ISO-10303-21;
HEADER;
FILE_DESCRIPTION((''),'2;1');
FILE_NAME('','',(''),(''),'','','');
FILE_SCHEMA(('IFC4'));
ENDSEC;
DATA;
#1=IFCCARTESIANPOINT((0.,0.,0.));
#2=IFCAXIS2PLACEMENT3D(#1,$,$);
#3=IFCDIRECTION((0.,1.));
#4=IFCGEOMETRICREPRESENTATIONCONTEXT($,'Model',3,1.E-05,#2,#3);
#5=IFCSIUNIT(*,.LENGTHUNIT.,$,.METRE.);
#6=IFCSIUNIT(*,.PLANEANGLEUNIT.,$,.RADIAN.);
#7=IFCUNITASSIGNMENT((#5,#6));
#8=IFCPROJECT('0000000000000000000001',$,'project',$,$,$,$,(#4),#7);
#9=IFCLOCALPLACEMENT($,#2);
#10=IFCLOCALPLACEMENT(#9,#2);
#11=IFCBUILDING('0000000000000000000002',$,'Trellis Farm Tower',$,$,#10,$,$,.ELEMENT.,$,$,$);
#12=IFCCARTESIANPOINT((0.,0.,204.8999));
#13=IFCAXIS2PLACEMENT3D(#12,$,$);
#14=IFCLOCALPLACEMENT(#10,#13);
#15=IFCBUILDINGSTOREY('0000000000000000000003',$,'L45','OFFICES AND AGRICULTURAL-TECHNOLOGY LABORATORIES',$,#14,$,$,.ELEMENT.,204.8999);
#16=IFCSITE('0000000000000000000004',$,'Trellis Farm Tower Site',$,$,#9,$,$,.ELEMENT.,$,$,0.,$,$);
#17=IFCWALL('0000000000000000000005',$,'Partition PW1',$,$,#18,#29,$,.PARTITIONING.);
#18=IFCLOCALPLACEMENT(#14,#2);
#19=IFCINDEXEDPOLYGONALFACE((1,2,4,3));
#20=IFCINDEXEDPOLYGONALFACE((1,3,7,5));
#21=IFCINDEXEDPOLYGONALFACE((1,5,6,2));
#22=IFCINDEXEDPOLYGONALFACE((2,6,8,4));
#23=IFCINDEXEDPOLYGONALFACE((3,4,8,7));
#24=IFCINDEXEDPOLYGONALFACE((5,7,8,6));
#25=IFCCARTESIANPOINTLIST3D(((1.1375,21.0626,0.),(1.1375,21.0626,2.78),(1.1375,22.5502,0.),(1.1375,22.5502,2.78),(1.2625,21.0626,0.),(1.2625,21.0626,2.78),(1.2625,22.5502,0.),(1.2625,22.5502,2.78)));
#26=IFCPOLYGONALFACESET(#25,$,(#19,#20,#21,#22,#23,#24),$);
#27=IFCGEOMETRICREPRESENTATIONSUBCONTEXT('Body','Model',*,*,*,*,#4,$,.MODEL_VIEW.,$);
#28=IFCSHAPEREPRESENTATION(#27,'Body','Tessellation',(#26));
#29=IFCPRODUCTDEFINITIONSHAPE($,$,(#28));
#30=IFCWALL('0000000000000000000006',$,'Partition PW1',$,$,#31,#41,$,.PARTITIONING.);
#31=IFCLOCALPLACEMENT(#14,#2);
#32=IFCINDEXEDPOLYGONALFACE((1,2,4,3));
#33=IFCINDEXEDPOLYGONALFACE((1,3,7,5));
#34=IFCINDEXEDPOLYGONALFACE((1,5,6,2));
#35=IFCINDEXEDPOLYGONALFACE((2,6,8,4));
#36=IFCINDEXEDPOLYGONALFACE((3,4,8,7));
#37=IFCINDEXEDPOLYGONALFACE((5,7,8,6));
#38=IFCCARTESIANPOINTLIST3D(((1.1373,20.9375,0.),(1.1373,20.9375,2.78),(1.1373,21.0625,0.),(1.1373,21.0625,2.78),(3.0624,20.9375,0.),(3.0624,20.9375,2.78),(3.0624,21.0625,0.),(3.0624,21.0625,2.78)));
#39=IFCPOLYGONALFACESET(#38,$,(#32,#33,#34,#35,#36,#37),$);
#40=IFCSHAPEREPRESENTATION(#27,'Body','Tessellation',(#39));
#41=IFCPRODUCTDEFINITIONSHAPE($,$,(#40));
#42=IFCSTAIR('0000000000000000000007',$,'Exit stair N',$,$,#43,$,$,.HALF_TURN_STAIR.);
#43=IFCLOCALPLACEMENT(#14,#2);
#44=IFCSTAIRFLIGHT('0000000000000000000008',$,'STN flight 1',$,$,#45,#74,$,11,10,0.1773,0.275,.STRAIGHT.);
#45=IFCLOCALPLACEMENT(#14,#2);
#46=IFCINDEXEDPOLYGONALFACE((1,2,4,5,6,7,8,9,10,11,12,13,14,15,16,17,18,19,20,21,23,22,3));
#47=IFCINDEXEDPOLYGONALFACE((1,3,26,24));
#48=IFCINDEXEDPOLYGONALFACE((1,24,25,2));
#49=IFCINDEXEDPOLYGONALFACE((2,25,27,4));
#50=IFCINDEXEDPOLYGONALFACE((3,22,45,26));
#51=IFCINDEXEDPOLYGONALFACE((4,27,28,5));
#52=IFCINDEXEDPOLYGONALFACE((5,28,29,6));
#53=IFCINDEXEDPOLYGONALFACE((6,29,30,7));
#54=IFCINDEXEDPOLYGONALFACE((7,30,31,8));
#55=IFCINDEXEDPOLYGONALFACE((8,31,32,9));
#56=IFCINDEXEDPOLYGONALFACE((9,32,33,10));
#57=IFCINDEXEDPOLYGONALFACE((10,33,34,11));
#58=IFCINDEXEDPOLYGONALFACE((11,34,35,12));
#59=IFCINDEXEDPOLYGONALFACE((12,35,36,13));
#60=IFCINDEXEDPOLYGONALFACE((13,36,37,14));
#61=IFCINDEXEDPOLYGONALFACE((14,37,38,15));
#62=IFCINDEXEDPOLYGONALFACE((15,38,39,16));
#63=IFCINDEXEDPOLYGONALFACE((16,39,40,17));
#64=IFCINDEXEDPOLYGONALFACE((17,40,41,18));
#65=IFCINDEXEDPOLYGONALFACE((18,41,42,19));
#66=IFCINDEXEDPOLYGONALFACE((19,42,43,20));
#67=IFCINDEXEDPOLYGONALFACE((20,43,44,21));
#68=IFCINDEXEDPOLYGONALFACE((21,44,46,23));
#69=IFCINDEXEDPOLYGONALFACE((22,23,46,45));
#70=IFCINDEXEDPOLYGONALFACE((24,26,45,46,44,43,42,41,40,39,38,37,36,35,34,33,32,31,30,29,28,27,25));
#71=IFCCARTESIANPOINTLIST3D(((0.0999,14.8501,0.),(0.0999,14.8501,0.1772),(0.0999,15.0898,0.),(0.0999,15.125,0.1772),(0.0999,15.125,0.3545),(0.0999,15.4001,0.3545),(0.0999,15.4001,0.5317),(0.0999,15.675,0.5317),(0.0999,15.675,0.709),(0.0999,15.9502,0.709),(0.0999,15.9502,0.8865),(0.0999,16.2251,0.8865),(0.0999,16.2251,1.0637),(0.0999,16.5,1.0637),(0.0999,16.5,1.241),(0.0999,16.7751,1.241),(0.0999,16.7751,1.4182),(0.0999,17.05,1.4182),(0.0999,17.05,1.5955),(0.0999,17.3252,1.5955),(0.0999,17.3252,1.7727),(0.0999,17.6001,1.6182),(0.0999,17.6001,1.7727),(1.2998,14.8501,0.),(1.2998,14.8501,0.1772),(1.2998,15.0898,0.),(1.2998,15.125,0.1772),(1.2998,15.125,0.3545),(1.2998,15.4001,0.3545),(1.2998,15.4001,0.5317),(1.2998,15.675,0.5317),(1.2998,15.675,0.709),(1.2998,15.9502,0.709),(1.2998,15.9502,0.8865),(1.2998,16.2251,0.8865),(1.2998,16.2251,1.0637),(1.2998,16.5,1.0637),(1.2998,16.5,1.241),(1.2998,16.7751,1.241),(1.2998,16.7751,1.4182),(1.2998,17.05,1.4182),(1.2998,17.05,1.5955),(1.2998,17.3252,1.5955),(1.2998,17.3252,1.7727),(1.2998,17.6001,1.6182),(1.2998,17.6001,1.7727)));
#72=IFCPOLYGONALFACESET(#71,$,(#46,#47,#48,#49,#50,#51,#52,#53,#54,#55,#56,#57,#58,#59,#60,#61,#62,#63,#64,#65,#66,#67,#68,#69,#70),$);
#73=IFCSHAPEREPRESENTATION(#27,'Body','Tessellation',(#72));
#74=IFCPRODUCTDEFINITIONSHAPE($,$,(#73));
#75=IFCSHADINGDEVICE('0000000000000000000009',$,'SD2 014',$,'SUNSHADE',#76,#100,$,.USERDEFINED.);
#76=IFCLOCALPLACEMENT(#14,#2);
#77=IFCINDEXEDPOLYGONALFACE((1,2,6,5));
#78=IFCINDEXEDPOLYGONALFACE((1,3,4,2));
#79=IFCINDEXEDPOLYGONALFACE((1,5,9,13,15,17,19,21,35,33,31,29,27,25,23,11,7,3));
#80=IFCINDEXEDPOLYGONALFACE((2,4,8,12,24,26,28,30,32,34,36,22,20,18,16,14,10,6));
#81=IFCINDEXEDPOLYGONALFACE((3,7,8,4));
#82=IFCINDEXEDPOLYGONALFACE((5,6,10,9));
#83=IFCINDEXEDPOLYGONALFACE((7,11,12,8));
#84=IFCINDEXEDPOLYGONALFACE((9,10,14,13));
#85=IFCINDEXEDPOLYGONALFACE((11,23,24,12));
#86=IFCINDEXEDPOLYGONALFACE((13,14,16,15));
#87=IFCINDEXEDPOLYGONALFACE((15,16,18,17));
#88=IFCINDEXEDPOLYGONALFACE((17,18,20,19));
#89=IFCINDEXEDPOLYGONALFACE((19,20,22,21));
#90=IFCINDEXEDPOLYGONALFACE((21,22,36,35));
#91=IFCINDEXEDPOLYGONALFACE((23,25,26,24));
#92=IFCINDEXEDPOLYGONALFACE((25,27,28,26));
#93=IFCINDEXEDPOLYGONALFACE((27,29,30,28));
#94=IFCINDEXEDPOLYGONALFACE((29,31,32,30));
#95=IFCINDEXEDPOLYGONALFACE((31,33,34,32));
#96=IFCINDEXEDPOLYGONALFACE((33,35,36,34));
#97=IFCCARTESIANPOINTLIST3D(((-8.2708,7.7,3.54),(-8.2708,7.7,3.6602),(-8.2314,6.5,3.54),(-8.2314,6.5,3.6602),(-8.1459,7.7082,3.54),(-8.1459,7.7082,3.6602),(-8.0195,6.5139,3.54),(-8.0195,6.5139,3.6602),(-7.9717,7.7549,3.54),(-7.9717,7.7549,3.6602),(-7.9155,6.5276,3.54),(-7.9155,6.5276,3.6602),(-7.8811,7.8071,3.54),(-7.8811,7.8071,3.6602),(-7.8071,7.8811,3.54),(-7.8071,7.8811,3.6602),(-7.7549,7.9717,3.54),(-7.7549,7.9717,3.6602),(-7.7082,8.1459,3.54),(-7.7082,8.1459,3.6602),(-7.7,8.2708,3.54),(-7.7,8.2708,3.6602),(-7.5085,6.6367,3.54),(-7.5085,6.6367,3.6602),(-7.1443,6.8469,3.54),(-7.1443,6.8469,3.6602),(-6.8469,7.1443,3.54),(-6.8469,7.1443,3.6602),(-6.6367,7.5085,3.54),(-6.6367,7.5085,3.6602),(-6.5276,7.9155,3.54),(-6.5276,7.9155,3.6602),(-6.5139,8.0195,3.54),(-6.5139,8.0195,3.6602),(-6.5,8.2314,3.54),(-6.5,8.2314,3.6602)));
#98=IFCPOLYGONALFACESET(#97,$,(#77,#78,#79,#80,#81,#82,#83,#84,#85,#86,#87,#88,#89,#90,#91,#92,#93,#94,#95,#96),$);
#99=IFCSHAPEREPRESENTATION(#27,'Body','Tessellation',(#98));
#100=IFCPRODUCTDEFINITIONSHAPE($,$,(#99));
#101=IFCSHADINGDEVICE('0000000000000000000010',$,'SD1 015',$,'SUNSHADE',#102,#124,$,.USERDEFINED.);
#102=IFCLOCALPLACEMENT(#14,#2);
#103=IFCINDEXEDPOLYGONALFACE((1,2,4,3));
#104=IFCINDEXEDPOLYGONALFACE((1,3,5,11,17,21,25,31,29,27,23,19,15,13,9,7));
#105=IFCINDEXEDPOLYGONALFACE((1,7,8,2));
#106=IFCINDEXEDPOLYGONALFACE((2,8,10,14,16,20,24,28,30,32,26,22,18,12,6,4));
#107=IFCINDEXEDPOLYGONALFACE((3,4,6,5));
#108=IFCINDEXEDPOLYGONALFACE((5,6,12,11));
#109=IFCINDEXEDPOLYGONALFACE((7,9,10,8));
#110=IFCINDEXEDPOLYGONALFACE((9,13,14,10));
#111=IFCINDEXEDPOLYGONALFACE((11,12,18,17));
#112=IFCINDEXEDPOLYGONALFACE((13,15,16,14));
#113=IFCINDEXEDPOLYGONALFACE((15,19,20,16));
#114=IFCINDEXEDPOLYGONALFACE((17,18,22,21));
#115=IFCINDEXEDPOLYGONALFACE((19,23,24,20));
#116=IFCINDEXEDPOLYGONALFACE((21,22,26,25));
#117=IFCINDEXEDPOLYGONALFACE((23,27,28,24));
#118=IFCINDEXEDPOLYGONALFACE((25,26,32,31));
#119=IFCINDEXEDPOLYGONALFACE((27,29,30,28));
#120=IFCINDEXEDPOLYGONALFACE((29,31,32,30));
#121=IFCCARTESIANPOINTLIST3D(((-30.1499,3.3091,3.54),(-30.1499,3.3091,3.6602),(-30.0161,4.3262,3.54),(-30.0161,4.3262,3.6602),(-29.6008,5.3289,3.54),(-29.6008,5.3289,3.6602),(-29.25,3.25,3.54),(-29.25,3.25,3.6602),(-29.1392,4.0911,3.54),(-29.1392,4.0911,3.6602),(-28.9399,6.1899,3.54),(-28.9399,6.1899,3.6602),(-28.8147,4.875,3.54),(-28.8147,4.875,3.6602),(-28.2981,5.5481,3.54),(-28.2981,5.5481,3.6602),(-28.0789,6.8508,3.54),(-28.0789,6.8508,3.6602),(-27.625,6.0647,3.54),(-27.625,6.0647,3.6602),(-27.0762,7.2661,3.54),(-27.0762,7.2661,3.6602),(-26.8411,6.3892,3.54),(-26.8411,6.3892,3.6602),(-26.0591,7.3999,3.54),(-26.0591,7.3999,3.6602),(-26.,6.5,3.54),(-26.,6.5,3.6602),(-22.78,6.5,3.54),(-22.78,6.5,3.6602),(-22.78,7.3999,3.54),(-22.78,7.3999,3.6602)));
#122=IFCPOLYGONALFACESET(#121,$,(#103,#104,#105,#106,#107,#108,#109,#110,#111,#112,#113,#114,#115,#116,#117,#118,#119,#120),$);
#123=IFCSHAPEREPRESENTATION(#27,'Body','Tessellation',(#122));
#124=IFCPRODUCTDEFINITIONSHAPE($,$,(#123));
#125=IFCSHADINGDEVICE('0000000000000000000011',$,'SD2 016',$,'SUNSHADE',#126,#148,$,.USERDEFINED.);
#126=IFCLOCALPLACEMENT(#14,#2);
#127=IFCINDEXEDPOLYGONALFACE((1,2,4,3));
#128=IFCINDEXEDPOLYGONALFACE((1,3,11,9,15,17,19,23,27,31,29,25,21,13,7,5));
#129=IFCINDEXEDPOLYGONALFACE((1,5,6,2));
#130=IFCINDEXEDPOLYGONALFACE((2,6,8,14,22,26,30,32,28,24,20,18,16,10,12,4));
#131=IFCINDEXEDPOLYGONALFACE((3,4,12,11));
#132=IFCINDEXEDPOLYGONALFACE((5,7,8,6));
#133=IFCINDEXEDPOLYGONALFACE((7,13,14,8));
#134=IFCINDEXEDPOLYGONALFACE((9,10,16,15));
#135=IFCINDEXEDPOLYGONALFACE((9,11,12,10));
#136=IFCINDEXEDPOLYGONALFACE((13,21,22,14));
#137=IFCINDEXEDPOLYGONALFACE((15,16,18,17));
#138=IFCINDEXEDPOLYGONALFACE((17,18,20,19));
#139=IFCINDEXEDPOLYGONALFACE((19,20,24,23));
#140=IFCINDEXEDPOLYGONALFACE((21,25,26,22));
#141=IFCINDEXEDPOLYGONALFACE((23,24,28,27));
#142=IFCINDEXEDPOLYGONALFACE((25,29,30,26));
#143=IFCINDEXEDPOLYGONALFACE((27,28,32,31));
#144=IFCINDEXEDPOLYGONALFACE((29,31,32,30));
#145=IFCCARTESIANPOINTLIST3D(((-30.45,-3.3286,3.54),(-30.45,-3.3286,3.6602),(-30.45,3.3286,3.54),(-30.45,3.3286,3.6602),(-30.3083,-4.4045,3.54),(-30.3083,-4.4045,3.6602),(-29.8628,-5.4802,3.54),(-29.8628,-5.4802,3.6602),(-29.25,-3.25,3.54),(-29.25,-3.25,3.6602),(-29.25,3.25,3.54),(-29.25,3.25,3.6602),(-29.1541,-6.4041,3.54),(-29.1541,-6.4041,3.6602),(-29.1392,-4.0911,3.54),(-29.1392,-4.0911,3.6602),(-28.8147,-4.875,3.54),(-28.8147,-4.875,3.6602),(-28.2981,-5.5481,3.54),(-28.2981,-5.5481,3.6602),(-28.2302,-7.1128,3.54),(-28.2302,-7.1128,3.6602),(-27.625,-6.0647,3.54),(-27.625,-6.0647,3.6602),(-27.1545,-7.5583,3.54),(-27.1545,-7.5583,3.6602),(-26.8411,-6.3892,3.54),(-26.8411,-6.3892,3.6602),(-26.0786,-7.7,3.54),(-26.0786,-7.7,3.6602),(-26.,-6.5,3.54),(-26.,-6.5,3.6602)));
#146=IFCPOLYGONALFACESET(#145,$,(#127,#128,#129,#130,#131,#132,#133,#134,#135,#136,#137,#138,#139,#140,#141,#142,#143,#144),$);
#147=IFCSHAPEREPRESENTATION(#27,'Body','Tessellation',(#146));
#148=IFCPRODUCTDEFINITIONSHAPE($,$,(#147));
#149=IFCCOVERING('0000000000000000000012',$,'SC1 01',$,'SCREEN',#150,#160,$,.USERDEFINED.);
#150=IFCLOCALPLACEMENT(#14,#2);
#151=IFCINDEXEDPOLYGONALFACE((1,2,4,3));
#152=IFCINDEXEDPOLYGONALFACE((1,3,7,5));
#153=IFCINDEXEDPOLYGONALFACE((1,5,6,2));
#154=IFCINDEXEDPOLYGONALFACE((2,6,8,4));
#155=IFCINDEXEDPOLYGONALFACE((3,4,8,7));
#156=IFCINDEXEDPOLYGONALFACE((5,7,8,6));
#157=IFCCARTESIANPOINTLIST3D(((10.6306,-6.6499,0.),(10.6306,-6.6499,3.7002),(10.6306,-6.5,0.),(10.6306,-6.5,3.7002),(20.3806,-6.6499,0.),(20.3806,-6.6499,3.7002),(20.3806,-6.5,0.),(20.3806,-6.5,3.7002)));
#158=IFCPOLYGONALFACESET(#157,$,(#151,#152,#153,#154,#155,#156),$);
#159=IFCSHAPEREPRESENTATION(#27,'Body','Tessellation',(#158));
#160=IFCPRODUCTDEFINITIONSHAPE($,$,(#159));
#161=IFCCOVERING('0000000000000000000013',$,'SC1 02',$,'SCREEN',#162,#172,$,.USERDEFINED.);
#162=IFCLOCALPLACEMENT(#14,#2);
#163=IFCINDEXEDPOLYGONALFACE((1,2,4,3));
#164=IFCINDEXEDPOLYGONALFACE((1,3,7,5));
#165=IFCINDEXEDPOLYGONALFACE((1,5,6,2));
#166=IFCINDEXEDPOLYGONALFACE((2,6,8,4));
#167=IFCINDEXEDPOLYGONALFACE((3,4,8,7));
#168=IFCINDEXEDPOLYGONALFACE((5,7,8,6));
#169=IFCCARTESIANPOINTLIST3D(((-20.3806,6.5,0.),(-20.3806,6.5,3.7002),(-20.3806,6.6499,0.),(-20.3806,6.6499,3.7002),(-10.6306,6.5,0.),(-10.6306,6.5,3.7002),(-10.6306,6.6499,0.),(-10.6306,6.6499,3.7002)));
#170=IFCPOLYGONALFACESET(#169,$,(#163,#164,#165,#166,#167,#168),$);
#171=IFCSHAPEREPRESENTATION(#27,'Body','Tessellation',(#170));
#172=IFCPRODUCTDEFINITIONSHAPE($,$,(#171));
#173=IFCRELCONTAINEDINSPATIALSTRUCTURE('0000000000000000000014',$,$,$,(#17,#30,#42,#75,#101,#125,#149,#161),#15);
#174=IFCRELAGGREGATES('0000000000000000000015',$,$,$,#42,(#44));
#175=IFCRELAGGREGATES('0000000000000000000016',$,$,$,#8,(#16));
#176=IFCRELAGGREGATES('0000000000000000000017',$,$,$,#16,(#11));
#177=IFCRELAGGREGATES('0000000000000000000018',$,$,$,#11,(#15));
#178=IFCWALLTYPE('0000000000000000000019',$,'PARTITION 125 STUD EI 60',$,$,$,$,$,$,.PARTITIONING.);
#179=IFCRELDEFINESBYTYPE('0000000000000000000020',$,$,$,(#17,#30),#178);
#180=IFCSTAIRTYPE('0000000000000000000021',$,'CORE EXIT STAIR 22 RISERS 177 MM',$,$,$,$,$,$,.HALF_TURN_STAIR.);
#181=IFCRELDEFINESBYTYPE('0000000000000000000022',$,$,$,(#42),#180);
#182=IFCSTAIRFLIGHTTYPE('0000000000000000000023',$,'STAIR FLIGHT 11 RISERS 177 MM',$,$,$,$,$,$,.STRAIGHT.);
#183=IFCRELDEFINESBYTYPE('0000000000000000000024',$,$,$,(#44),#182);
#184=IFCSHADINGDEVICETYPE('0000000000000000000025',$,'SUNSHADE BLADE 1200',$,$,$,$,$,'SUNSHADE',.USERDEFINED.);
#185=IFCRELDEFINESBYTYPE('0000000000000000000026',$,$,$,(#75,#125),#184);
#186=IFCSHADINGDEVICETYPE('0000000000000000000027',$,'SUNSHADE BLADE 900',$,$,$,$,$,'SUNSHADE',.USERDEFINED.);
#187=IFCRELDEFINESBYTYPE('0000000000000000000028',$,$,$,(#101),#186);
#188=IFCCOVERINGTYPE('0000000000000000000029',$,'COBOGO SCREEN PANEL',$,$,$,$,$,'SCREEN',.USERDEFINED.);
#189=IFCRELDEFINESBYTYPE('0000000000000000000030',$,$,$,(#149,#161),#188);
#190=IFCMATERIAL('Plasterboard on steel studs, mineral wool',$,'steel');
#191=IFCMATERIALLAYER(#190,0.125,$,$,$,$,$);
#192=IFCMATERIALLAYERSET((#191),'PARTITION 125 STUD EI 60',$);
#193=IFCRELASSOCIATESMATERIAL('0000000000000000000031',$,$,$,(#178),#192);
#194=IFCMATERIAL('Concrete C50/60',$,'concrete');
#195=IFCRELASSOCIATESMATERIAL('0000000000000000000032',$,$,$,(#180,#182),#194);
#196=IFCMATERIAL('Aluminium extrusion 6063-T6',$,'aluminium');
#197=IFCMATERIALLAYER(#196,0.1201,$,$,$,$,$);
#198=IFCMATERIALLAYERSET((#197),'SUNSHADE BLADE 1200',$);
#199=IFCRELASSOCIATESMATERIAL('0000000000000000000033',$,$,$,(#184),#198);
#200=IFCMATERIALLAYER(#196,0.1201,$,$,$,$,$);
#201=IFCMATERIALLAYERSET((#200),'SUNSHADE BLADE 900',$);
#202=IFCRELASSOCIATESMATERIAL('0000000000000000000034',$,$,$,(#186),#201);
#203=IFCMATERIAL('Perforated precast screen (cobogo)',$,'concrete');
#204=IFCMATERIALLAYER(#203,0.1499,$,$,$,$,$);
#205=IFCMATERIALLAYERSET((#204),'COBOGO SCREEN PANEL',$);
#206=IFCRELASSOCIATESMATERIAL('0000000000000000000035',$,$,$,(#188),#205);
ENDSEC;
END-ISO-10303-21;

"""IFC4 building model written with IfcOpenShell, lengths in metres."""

from ifc_helpers import new_model, si_unit, direction, frame, frame_2d, origin, place, context, subcontext, project, spatial, polyline, rectangle, outline, extrude, source, transform, mapped, material, layer, layer_set, type_object, element, aggregate, save


model = new_model("IFC4")

# Units and contexts
model_context = context("Model", 3, precision=1e-05, world=origin(), true_north=direction((0.0, 1.0)))
body_context = subcontext(model_context, "Body", "Model", "MODEL_VIEW")
ifc_project = project(units=[si_unit("LENGTHUNIT", "METRE"), si_unit("PLANEANGLEUNIT", "RADIAN")], contexts=[model_context])

# Site, building, storey
site_placement = place(None, origin())
site = spatial("IfcSite", under=ifc_project, at=site_placement, Name="Trellis Farm Tower Site", CompositionType="ELEMENT", RefElevation=0.0)
building_placement = place(site_placement, origin())
building = spatial("IfcBuilding", under=site, at=building_placement, Name="Trellis Farm Tower", CompositionType="ELEMENT")
storey_placement = place(building_placement, frame((0.0, 0.0, 204.8999)))
storey = spatial("IfcBuildingStorey", under=building, at=storey_placement, Name="L45", Description="OFFICES AND AGRICULTURAL-TECHNOLOGY LABORATORIES", CompositionType="ELEMENT", Elevation=204.8999)

# Shared definitions
placement_1 = place(storey_placement, origin())
ifc_material_1 = material(Name="Aluminium extrusion 6063-T6", Category="aluminium")

# Walls
ifc_material_2 = material(Name="Plasterboard on steel studs, mineral wool", Category="steel")
ifc_layer_1 = layer(ifc_material_2, 0.125)
ifc_layer_set_1 = layer_set([ifc_layer_1], Name="PARTITION 125 STUD EI 60")
wall_type_1 = type_object("IfcWallType", Name="PARTITION 125 STUD EI 60", PredefinedType="PARTITIONING", material=ifc_layer_set_1)
shared_shape_1 = source(origin(), body_context, "Body", "SweptSolid", [
    extrude(rectangle(XDim=1.4875, YDim=0.125, at=frame_2d((0.7437, 0.0))), origin(), (0.0, 0.0, 1.0), 2.78),
])
wall_1_placement = place(storey_placement, frame((1.2, 22.55, 0.0), z_axis=(0.0, 0.0, 1.0), x_axis=(0.0, -1.0, 0.0)))
element("IfcWall", 1, at=wall_1_placement, inside=storey, type_object=wall_type_1, Name="Partition PW1", PredefinedType="PARTITIONING", context=body_context, shape_type="MappedRepresentation", body=[
    mapped(shared_shape_1, transform((0.0, 0.0, 0.0))),
])
shared_shape_2 = source(origin(), body_context, "Body", "SweptSolid", [
    extrude(rectangle(XDim=1.925, YDim=0.125, at=frame_2d((0.9624, 0.0))), origin(), (0.0, 0.0, 1.0), 2.78),
])
wall_2_placement = place(storey_placement, frame((1.1375, 21.0, 0.0), z_axis=(0.0, 0.0, 1.0), x_axis=(1.0, 0.0, 0.0)))
element("IfcWall", 2, at=wall_2_placement, inside=storey, type_object=wall_type_1, Name="Partition PW1", PredefinedType="PARTITIONING", context=body_context, shape_type="MappedRepresentation", body=[
    mapped(shared_shape_2, transform((0.0, 0.0, 0.0))),
])

# Stair, stair flight
ifc_material_3 = material(Name="Concrete C50/60", Category="concrete")
stair_type = type_object("IfcStairType", Name="CORE EXIT STAIR 22 RISERS 177 MM", PredefinedType="HALF_TURN_STAIR", material=ifc_material_3)
stair = element("IfcStair", 3, at=placement_1, inside=storey, type_object=stair_type, Name="Exit stair N", PredefinedType="HALF_TURN_STAIR")
stair_flight_type = type_object("IfcStairFlightType", Name="STAIR FLIGHT 11 RISERS 177 MM", PredefinedType="STRAIGHT", material=ifc_material_3)
shared_shape_3 = source(origin(), body_context, "Body", "SweptSolid", [
    extrude(outline(polyline([(0.0, 0.0), (0.0, 0.1772), (0.2749, 0.1772), (0.2749, 0.3545), (0.55, 0.3545), (0.55, 0.5317), (0.825, 0.5317), (0.825, 0.709), (1.1001, 0.709), (1.1001, 0.8865), (1.375, 0.8865), (1.375, 1.0637), (1.6499, 1.0637), (1.6499, 1.241), (1.925, 1.241), (1.925, 1.4182), (2.2, 1.4182), (2.2, 1.5955), (2.4751, 1.5955), (2.4751, 1.7727), (2.75, 1.7727), (2.75, 1.95), (2.75, 1.6182), (0.2397, 0.0), (0.0, 0.0)])), frame((0.0, 0.6001, 0.0), z_axis=(0.0, -1.0, 0.0), x_axis=(1.0, 0.0, 0.0)), (0.0, 0.0, 1.0), 1.2),
])
stair_flight_placement = place(storey_placement, frame((0.7, 14.8501, 0.0), z_axis=(0.0, 0.0, 1.0), x_axis=(0.0, 1.0, 0.0)))
stair_flight = element("IfcStairFlight", 4, at=stair_flight_placement, type_object=stair_flight_type, Name="STN flight 1", NumberOfRisers=11, NumberOfTreads=10, PredefinedType="STRAIGHT", RiserHeight=0.1773, TreadLength=0.275, context=body_context, shape_type="MappedRepresentation", body=[
    mapped(shared_shape_3, transform((0.0, 0.0, 0.0))),
])
aggregate(stair, [stair_flight])

# Shading devices
ifc_layer_2 = layer(ifc_material_1, 0.1201)
ifc_layer_set_2 = layer_set([ifc_layer_2], Name="SUNSHADE BLADE 1200")
shading_device_type_1 = type_object("IfcShadingDeviceType", Name="SUNSHADE BLADE 1200", ElementType="SUNSHADE", PredefinedType="USERDEFINED", material=ifc_layer_set_2)
shared_shape_4 = source(origin(), body_context, "Body", "SweptSolid", [
    extrude(outline(polyline([(-7.7, 8.2708), (-7.7087, 8.1372), (-7.707, 8.1501), (-7.7549, 7.9717), (-7.8071, 7.8811), (-7.8811, 7.8071), (-7.9717, 7.7549), (-8.1501, 7.707), (-8.1372, 7.7087), (-8.2708, 7.7), (-8.2314, 6.5), (-8.0195, 6.5139), (-7.9155, 6.5276), (-7.5085, 6.6367), (-7.1443, 6.8469), (-6.8469, 7.1443), (-6.6367, 7.5085), (-6.5276, 7.9155), (-6.5139, 8.0195), (-6.5, 8.2314), (-7.7, 8.2708)])), origin(), (0.0, 0.0, 1.0), 0.1201),
])
placement_2 = place(storey_placement, frame((0.0, 0.0, 3.54)))
element("IfcShadingDevice", 5, at=placement_2, inside=storey, type_object=shading_device_type_1, Name="SD2 014", ObjectType="SUNSHADE", PredefinedType="USERDEFINED", context=body_context, shape_type="MappedRepresentation", body=[
    mapped(shared_shape_4, transform((0.0, 0.0, 0.0))),
])
ifc_layer_3 = layer(ifc_material_1, 0.1201)
ifc_layer_set_3 = layer_set([ifc_layer_3], Name="SUNSHADE BLADE 900")
shading_device_type_2 = type_object("IfcShadingDeviceType", Name="SUNSHADE BLADE 900", ElementType="SUNSHADE", PredefinedType="USERDEFINED", material=ifc_layer_set_3)
shared_shape_5 = source(origin(), body_context, "Body", "SweptSolid", [
    extrude(outline(polyline([(-22.78, 7.3999), (-26.0591, 7.3999), (-27.0762, 7.2661), (-28.0789, 6.8508), (-28.9399, 6.1899), (-29.6008, 5.3289), (-30.0161, 4.3262), (-30.1499, 3.3091), (-29.25, 3.25), (-29.1392, 4.0911), (-28.8147, 4.875), (-28.2981, 5.5481), (-27.625, 6.0647), (-26.8411, 6.3892), (-26.0, 6.5), (-22.78, 6.5), (-22.78, 7.3999)])), origin(), (0.0, 0.0, 1.0), 0.1201),
])
element("IfcShadingDevice", 6, at=placement_2, inside=storey, type_object=shading_device_type_2, Name="SD1 015", ObjectType="SUNSHADE", PredefinedType="USERDEFINED", context=body_context, shape_type="MappedRepresentation", body=[
    mapped(shared_shape_5, transform((0.0, 0.0, 0.0))),
])
shared_shape_6 = source(origin(), body_context, "Body", "SweptSolid", [
    extrude(outline(polyline([(-30.45, 3.3286), (-30.45, -3.3286), (-30.3083, -4.4045), (-29.8628, -5.4802), (-29.1541, -6.4041), (-28.2302, -7.1128), (-27.1545, -7.5583), (-26.0786, -7.7), (-26.0, -6.5), (-26.8411, -6.3892), (-27.625, -6.0647), (-28.2981, -5.5481), (-28.8147, -4.875), (-29.1392, -4.0911), (-29.25, -3.25), (-29.25, 3.25), (-30.45, 3.3286)])), origin(), (0.0, 0.0, 1.0), 0.1201),
])
element("IfcShadingDevice", 7, at=placement_2, inside=storey, type_object=shading_device_type_1, Name="SD2 016", ObjectType="SUNSHADE", PredefinedType="USERDEFINED", context=body_context, shape_type="MappedRepresentation", body=[
    mapped(shared_shape_6, transform((0.0, 0.0, 0.0))),
])

# Coverings
ifc_material_4 = material(Name="Perforated precast screen (cobogo)", Category="concrete")
ifc_layer_4 = layer(ifc_material_4, 0.1499)
ifc_layer_set_4 = layer_set([ifc_layer_4], Name="COBOGO SCREEN PANEL")
covering_type = type_object("IfcCoveringType", Name="COBOGO SCREEN PANEL", ElementType="SCREEN", PredefinedType="USERDEFINED", material=ifc_layer_set_4)
shared_shape_7 = source(origin(), body_context, "Body", "SweptSolid", [
    extrude(outline(polyline([(10.6306, -6.6499), (20.3806, -6.6499), (20.3806, -6.5), (10.6306, -6.5), (10.6306, -6.6499)])), origin(), (0.0, 0.0, 1.0), 3.7002),
])
element("IfcCovering", 8, at=placement_1, inside=storey, type_object=covering_type, Name="SC1 01", ObjectType="SCREEN", PredefinedType="USERDEFINED", context=body_context, shape_type="MappedRepresentation", body=[
    mapped(shared_shape_7, transform((0.0, 0.0, 0.0))),
])
shared_shape_8 = source(origin(), body_context, "Body", "SweptSolid", [
    extrude(outline(polyline([(-10.6306, 6.6499), (-20.3806, 6.6499), (-20.3806, 6.5), (-10.6306, 6.5), (-10.6306, 6.6499)])), origin(), (0.0, 0.0, 1.0), 3.7002),
])
element("IfcCovering", 9, at=placement_1, inside=storey, type_object=covering_type, Name="SC1 02", ObjectType="SCREEN", PredefinedType="USERDEFINED", context=body_context, shape_type="MappedRepresentation", body=[
    mapped(shared_shape_8, transform((0.0, 0.0, 0.0))),
])

save(model, "model.ifc")
